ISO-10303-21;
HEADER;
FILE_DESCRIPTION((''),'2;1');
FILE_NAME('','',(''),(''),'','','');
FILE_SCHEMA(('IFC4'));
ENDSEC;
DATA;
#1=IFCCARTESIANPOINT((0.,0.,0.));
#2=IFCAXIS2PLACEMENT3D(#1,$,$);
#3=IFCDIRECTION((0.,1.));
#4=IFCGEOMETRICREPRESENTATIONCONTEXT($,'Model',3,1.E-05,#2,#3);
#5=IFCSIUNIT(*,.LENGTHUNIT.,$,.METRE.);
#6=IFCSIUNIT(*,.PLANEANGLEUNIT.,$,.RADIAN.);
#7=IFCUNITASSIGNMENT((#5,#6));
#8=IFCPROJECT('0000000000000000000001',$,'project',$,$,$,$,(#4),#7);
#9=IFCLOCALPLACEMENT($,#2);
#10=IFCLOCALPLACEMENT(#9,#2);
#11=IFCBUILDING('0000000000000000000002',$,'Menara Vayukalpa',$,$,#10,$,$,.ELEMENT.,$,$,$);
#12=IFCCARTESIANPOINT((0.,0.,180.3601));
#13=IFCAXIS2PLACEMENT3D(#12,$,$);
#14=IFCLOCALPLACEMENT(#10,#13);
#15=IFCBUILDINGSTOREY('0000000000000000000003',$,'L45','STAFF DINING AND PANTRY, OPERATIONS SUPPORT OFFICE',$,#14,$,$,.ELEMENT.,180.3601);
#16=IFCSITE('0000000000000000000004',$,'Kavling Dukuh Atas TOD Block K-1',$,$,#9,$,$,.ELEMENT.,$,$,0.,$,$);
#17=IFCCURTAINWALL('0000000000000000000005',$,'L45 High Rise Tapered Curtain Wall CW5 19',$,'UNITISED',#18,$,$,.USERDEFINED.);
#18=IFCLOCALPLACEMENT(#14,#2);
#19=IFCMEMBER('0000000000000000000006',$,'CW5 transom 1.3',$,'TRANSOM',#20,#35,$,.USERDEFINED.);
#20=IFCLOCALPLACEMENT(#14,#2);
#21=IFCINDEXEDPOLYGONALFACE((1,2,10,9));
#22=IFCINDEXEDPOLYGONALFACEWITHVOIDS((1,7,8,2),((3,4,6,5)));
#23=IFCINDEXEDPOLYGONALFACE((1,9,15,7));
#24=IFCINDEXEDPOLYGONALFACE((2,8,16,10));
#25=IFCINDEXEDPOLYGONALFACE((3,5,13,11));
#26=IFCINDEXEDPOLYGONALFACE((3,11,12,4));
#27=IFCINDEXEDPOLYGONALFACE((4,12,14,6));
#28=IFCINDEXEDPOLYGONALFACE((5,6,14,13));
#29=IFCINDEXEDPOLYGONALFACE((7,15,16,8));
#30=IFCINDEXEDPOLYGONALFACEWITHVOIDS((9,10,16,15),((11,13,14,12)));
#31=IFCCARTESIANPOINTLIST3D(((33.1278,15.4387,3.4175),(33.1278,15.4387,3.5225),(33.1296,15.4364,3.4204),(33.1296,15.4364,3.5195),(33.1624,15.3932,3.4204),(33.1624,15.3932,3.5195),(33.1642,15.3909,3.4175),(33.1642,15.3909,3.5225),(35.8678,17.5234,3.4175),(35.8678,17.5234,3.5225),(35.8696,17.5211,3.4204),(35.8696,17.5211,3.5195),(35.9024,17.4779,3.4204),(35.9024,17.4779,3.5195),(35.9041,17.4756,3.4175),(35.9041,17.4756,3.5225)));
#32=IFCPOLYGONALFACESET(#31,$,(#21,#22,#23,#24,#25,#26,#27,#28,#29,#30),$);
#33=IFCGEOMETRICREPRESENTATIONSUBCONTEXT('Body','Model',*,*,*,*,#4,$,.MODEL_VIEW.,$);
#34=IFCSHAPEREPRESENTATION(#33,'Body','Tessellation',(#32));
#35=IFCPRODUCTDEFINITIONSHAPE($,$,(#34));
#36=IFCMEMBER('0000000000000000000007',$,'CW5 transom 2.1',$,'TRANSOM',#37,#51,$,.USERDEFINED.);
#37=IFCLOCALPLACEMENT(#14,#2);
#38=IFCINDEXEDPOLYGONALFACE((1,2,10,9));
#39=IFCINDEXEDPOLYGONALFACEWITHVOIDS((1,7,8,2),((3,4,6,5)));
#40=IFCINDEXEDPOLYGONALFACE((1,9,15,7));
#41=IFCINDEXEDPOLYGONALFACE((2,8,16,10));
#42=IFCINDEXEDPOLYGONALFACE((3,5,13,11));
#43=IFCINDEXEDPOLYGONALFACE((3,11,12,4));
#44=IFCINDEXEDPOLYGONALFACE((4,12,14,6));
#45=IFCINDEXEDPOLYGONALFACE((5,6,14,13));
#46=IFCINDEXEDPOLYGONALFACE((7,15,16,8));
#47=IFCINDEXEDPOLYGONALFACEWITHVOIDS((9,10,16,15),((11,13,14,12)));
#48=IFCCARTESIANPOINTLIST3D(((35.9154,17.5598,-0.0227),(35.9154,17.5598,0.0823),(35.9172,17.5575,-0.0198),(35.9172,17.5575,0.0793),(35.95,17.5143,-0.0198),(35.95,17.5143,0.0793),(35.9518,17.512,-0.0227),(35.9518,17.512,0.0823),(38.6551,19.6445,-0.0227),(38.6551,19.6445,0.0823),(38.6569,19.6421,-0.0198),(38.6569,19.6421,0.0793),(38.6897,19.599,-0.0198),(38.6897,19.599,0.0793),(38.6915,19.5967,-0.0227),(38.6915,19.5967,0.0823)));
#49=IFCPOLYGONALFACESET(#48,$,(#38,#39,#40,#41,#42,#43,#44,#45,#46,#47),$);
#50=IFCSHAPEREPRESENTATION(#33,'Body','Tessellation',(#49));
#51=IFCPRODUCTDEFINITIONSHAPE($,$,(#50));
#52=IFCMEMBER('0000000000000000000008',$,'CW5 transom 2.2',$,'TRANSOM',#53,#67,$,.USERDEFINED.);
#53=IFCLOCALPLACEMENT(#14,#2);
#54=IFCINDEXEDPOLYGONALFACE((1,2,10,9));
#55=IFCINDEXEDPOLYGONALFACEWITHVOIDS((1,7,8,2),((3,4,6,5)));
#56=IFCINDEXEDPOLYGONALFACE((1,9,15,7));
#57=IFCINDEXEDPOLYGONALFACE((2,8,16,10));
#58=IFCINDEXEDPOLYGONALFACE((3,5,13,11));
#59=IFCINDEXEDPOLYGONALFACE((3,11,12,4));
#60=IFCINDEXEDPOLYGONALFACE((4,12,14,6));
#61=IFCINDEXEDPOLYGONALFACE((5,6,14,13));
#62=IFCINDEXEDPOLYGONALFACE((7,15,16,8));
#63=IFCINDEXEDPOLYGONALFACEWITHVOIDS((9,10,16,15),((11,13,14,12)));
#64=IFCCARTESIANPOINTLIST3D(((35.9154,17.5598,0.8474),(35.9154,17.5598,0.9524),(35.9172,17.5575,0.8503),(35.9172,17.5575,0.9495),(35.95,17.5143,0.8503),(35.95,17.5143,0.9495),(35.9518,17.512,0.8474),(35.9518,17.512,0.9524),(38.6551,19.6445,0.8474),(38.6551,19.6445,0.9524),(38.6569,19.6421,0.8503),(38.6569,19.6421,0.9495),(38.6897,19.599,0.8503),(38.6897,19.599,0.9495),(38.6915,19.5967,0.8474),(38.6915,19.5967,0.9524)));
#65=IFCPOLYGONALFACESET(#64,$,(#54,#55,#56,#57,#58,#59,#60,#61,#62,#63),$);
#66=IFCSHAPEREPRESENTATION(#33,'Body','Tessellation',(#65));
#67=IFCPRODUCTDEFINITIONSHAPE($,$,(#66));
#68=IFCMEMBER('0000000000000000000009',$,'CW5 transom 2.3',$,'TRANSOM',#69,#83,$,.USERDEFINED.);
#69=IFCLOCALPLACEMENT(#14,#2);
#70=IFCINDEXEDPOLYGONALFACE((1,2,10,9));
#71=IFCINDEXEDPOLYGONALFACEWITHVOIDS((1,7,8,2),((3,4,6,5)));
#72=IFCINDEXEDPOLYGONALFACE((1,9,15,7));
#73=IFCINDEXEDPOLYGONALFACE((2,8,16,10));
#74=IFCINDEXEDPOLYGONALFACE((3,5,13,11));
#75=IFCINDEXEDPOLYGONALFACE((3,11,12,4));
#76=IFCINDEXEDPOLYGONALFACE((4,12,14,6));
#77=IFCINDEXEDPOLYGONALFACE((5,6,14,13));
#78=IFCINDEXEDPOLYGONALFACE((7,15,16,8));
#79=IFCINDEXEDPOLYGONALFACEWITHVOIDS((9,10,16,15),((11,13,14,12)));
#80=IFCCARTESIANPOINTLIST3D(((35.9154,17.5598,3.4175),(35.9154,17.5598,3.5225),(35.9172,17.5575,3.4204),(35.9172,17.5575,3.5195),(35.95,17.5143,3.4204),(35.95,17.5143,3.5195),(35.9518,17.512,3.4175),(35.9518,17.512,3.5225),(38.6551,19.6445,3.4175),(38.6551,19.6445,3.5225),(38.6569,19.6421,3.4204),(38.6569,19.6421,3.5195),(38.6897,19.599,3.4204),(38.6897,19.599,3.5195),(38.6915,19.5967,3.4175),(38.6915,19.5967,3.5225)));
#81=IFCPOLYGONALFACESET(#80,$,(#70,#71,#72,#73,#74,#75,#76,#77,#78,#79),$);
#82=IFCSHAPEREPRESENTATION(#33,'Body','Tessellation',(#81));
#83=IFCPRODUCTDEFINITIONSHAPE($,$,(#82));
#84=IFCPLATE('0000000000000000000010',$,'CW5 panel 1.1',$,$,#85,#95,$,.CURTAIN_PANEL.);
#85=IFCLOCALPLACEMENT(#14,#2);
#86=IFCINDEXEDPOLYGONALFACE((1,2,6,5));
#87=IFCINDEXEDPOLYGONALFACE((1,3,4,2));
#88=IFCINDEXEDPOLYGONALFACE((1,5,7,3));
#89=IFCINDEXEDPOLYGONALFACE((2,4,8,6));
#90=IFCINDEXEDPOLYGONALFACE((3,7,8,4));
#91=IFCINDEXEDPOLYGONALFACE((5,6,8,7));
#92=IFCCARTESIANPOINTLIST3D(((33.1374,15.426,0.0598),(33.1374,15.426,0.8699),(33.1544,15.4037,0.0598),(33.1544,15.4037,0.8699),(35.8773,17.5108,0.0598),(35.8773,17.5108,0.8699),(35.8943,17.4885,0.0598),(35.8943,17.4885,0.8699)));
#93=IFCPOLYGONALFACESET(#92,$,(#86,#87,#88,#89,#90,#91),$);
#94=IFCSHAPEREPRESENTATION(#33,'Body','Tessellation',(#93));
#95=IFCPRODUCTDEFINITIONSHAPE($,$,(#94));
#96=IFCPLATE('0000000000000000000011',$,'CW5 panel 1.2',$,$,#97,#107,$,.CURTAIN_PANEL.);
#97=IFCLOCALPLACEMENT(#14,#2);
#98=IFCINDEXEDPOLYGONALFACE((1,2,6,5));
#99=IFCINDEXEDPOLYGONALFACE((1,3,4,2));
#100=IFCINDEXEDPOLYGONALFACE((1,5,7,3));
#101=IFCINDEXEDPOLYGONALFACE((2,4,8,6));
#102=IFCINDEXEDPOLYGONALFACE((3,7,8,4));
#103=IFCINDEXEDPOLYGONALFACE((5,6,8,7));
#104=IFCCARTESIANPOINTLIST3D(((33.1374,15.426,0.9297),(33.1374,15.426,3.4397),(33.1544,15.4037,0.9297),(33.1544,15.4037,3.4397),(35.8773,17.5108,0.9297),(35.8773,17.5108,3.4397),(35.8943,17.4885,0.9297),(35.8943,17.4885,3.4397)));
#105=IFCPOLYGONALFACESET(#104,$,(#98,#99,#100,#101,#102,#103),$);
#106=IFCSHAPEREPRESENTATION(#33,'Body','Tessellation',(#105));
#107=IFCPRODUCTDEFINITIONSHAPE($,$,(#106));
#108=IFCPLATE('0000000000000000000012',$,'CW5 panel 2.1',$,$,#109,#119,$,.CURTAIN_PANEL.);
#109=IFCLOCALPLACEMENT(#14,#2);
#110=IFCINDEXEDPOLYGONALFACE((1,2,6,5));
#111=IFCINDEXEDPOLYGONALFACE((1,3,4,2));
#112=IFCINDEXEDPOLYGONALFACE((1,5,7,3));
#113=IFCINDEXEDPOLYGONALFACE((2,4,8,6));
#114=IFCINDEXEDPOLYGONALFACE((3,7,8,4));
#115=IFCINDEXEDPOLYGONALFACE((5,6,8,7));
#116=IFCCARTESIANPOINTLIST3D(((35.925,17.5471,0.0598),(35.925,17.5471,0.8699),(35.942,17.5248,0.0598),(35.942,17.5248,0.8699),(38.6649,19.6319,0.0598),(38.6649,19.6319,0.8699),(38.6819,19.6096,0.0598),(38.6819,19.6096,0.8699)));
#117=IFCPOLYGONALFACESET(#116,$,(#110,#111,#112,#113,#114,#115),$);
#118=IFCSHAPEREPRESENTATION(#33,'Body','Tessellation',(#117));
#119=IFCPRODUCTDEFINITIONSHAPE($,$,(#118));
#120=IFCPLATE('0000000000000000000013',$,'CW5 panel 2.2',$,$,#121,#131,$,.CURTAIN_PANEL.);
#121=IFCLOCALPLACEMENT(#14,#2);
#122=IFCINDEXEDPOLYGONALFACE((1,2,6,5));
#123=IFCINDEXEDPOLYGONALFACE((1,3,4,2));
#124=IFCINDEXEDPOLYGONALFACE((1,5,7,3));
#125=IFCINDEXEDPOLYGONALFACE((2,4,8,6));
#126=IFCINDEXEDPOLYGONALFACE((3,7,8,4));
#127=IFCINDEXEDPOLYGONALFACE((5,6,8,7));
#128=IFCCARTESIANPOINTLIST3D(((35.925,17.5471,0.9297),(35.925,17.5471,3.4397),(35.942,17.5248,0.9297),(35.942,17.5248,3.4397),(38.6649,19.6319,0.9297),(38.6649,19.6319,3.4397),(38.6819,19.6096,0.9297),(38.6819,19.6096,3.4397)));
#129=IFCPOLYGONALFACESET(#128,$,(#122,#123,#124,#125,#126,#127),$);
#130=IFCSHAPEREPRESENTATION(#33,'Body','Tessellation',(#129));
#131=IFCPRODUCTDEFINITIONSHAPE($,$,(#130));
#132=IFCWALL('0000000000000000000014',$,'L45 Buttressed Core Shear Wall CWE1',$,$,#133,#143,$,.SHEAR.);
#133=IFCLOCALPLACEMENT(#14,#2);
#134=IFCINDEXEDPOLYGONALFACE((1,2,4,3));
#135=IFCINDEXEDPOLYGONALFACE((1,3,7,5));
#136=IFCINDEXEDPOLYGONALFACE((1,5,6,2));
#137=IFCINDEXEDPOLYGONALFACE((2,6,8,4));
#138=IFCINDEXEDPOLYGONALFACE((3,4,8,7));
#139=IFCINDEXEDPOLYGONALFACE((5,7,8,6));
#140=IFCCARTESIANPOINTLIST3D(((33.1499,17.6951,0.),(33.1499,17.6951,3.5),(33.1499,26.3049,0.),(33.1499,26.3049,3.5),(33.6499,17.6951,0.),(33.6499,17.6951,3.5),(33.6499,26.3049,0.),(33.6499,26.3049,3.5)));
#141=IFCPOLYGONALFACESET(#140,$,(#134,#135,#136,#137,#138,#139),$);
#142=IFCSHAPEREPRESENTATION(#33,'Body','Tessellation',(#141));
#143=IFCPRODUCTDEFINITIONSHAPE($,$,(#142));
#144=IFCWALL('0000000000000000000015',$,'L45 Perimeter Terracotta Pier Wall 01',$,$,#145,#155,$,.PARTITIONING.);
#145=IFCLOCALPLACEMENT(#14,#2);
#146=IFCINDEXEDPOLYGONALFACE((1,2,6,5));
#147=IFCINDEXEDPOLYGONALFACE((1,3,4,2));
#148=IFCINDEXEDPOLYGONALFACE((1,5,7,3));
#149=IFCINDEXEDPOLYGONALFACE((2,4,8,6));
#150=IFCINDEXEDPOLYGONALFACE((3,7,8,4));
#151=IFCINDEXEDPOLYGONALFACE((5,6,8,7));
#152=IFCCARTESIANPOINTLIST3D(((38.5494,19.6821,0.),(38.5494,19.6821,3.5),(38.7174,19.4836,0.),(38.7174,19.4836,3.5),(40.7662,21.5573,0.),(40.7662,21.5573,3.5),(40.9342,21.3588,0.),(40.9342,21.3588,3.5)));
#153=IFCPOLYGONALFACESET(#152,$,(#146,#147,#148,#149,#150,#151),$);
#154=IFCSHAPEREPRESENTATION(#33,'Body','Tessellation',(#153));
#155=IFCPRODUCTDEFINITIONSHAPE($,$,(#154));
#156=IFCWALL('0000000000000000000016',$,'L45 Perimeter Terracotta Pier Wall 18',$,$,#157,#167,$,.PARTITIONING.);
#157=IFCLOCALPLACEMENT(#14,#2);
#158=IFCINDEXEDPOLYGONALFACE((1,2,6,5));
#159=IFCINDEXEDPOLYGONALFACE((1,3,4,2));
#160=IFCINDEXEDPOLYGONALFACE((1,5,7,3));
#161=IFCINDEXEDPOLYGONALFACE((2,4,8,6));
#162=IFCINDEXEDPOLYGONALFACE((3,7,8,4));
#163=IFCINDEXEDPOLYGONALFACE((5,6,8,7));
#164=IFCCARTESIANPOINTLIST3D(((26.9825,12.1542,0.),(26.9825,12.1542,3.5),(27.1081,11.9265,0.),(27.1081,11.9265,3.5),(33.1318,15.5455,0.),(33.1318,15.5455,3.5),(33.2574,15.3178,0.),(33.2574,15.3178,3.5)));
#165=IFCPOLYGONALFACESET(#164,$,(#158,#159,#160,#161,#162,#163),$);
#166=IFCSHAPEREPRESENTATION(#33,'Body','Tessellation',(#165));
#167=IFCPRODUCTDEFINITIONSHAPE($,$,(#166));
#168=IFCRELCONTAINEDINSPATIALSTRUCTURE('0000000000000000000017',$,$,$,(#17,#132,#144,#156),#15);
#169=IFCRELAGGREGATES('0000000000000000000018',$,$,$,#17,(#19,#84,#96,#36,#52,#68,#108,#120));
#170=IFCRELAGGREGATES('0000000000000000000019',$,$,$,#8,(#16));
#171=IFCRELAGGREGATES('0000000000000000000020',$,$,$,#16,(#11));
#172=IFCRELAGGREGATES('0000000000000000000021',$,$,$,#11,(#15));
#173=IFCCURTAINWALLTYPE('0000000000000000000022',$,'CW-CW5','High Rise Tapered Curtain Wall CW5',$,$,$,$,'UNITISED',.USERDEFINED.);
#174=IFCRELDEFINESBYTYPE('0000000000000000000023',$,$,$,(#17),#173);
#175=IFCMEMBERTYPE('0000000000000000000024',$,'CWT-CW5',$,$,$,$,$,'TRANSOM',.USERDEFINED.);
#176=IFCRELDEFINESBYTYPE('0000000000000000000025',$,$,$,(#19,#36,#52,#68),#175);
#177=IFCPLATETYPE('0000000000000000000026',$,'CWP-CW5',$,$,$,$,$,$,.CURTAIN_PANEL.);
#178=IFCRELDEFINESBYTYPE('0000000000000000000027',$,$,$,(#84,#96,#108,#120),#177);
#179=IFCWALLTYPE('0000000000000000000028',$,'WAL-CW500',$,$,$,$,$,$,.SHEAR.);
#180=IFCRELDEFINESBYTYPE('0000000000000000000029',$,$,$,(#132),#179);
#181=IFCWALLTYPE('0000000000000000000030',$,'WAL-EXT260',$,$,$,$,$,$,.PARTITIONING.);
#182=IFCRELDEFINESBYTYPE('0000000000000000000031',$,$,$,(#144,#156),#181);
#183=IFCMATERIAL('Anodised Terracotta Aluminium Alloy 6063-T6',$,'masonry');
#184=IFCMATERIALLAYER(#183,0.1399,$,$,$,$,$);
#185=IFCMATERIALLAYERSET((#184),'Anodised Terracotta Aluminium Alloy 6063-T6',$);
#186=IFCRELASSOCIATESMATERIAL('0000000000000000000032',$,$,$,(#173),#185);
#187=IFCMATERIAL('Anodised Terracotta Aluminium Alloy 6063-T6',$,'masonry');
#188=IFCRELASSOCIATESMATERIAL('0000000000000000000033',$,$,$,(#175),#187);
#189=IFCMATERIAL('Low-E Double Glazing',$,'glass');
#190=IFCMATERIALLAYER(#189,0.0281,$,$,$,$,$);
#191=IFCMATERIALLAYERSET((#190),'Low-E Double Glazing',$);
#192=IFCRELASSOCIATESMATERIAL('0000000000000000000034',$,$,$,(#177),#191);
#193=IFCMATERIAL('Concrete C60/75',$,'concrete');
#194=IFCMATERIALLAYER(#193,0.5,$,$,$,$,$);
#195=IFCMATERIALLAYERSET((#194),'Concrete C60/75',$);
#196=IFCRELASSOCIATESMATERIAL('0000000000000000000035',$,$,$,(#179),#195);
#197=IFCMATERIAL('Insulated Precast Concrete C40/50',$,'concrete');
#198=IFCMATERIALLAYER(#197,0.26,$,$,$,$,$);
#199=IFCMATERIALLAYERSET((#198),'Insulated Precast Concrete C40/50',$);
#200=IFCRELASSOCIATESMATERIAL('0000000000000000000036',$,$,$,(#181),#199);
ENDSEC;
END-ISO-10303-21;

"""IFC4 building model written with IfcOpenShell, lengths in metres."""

from ifc_helpers import new_model, si_unit, direction, frame, frame_2d, origin, origin_2d, place, context, subcontext, project, spatial, rectangle, hollow_rectangle, extrude, material, layer, layer_set, material_profile, profile_set, type_object, element, aggregate, save


model = new_model("IFC4")

# Units and contexts
model_context = context("Model", 3, precision=1e-05, world=origin(), true_north=direction((0.0, 1.0)))
body_context = subcontext(model_context, "Body", "Model", "MODEL_VIEW")
ifc_project = project(units=[si_unit("LENGTHUNIT", "METRE"), si_unit("PLANEANGLEUNIT", "RADIAN")], contexts=[model_context])

# Site, building, storey
site_placement = place(None, origin())
site = spatial("IfcSite", under=ifc_project, at=site_placement, Name="Kavling Dukuh Atas TOD Block K-1", CompositionType="ELEMENT", RefElevation=0.0)
building_placement = place(site_placement, origin())
building = spatial("IfcBuilding", under=site, at=building_placement, Name="Menara Vayukalpa", CompositionType="ELEMENT")
storey_placement = place(building_placement, frame((0.0, 0.0, 180.3601)))
storey = spatial("IfcBuildingStorey", under=building, at=storey_placement, Name="L45", Description="STAFF DINING AND PANTRY, OPERATIONS SUPPORT OFFICE", CompositionType="ELEMENT", Elevation=180.3601)

# Curtain wall, members, plates
ifc_material_1 = material(Name="Anodised Terracotta Aluminium Alloy 6063-T6", Category="masonry")
ifc_layer_1 = layer(ifc_material_1, 0.1399)
ifc_layer_set_1 = layer_set([ifc_layer_1], Name="Anodised Terracotta Aluminium Alloy 6063-T6")
curtain_wall_type = type_object("IfcCurtainWallType", Name="CW-CW5", Description="High Rise Tapered Curtain Wall CW5", ElementType="UNITISED", PredefinedType="USERDEFINED", material=ifc_layer_set_1)
curtain_wall_placement = place(storey_placement, origin())
curtain_wall = element("IfcCurtainWall", 1, at=curtain_wall_placement, inside=storey, type_object=curtain_wall_type, Name="L45 High Rise Tapered Curtain Wall CW5 19", ObjectType="UNITISED", PredefinedType="USERDEFINED")
ifc_material_2 = material(Name="Anodised Terracotta Aluminium Alloy 6063-T6", Category="masonry")
ifc_material_profile_1 = material_profile(ifc_material_2, hollow_rectangle(XDim=0.0601, YDim=0.105, WallThickness=0.0029, at=origin_2d()), Name="ALU 60x105x3")
ifc_profile_set_1 = profile_set([ifc_material_profile_1], Name="Anodised Terracotta Aluminium Alloy 6063-T6")
member_type_1 = type_object("IfcMemberType", Name="CWT-CW5", ElementType="TRANSOM", PredefinedType="USERDEFINED", material=ifc_profile_set_1)
member_1_placement = place(storey_placement, frame((33.146, 15.4148, 3.47), z_axis=(0.795837, 0.605511, 0.0), x_axis=(-0.605511, 0.795837, 0.0)))
member_1 = element("IfcMember", 2, at=member_1_placement, type_object=member_type_1, Name="CW5 transom 1.3", ObjectType="TRANSOM", PredefinedType="USERDEFINED", context=body_context, shape_type="SweptSolid", body=[
    extrude(hollow_rectangle(XDim=0.0601, YDim=0.105, WallThickness=0.0029, at=origin_2d()), origin(), (0.0, 0.0, 1.0), 3.4429),
])
member_2_placement = place(storey_placement, frame((35.9336, 17.5359, 0.0298), z_axis=(0.795811, 0.605545, 0.0), x_axis=(-0.605545, 0.795811, 0.0)))
member_2 = element("IfcMember", 3, at=member_2_placement, type_object=member_type_1, Name="CW5 transom 2.1", ObjectType="TRANSOM", PredefinedType="USERDEFINED", context=body_context, shape_type="SweptSolid", body=[
    extrude(hollow_rectangle(XDim=0.0601, YDim=0.105, WallThickness=0.0029, at=origin_2d()), origin(), (0.0, 0.0, 1.0), 3.4426),
])
member_3_placement = place(storey_placement, frame((35.9336, 17.5359, 0.8999), z_axis=(0.795811, 0.605545, 0.0), x_axis=(-0.605545, 0.795811, 0.0)))
member_3 = element("IfcMember", 4, at=member_3_placement, type_object=member_type_1, Name="CW5 transom 2.2", ObjectType="TRANSOM", PredefinedType="USERDEFINED", context=body_context, shape_type="SweptSolid", body=[
    extrude(hollow_rectangle(XDim=0.0601, YDim=0.105, WallThickness=0.0029, at=origin_2d()), origin(), (0.0, 0.0, 1.0), 3.4426),
])
member_4_placement = place(storey_placement, frame((35.9336, 17.5359, 3.47), z_axis=(0.795811, 0.605545, 0.0), x_axis=(-0.605545, 0.795811, 0.0)))
member_4 = element("IfcMember", 5, at=member_4_placement, type_object=member_type_1, Name="CW5 transom 2.3", ObjectType="TRANSOM", PredefinedType="USERDEFINED", context=body_context, shape_type="SweptSolid", body=[
    extrude(hollow_rectangle(XDim=0.0601, YDim=0.105, WallThickness=0.0029, at=origin_2d()), origin(), (0.0, 0.0, 1.0), 3.4426),
])
ifc_material_3 = material(Name="Low-E Double Glazing", Category="glass")
ifc_layer_2 = layer(ifc_material_3, 0.0281)
ifc_layer_set_2 = layer_set([ifc_layer_2], Name="Low-E Double Glazing")
plate_type = type_object("IfcPlateType", Name="CWP-CW5", PredefinedType="CURTAIN_PANEL", material=ifc_layer_set_2)
plate_1_placement = place(storey_placement, frame((34.5159, 16.4573, 0.0598), z_axis=(0.0, 0.0, 1.0), x_axis=(0.795815, 0.60554, 0.0)))
plate_1 = element("IfcPlate", 6, at=plate_1_placement, type_object=plate_type, Name="CW5 panel 1.1", PredefinedType="CURTAIN_PANEL", context=body_context, shape_type="SweptSolid", body=[
    extrude(rectangle(XDim=3.4429, YDim=0.0281, at=origin_2d()), origin(), (0.0, 0.0, 1.0), 0.8101),
])
plate_2_placement = place(storey_placement, frame((34.5159, 16.4573, 0.9297), z_axis=(0.0, 0.0, 1.0), x_axis=(0.795815, 0.60554, 0.0)))
plate_2 = element("IfcPlate", 7, at=plate_2_placement, type_object=plate_type, Name="CW5 panel 1.2", PredefinedType="CURTAIN_PANEL", context=body_context, shape_type="SweptSolid", body=[
    extrude(rectangle(XDim=3.4429, YDim=0.0281, at=origin_2d()), origin(), (0.0, 0.0, 1.0), 2.51),
])
plate_3_placement = place(storey_placement, frame((37.3035, 18.5784, 0.0598), z_axis=(0.0, 0.0, 1.0), x_axis=(0.795815, 0.60554, 0.0)))
plate_3 = element("IfcPlate", 8, at=plate_3_placement, type_object=plate_type, Name="CW5 panel 2.1", PredefinedType="CURTAIN_PANEL", context=body_context, shape_type="SweptSolid", body=[
    extrude(rectangle(XDim=3.4429, YDim=0.0281, at=origin_2d()), origin(), (0.0, 0.0, 1.0), 0.8101),
])
plate_4_placement = place(storey_placement, frame((37.3035, 18.5784, 0.9297), z_axis=(0.0, 0.0, 1.0), x_axis=(0.795815, 0.60554, 0.0)))
plate_4 = element("IfcPlate", 9, at=plate_4_placement, type_object=plate_type, Name="CW5 panel 2.2", PredefinedType="CURTAIN_PANEL", context=body_context, shape_type="SweptSolid", body=[
    extrude(rectangle(XDim=3.4429, YDim=0.0281, at=origin_2d()), origin(), (0.0, 0.0, 1.0), 2.51),
])
aggregate(curtain_wall, [member_1, plate_1, plate_2, member_2, member_3, member_4, plate_3, plate_4])

# Walls
ifc_material_4 = material(Name="Concrete C60/75", Category="concrete")
ifc_layer_3 = layer(ifc_material_4, 0.5)
ifc_layer_set_3 = layer_set([ifc_layer_3], Name="Concrete C60/75")
wall_type_1 = type_object("IfcWallType", Name="WAL-CW500", PredefinedType="SHEAR", material=ifc_layer_set_3)
wall_1_placement = place(storey_placement, frame((33.3999, 17.6951, 0.0), z_axis=(0.0, 0.0, 1.0), x_axis=(0.0, 1.0, 0.0)))
element("IfcWall", 10, at=wall_1_placement, inside=storey, type_object=wall_type_1, Name="L45 Buttressed Core Shear Wall CWE1", PredefinedType="SHEAR", context=body_context, shape_type="SweptSolid", body=[
    extrude(rectangle(XDim=8.6099, YDim=0.5, at=frame_2d((4.3049, 0.0))), origin(), (0.0, 0.0, 1.0), 3.5),
])
ifc_material_5 = material(Name="Insulated Precast Concrete C40/50", Category="concrete")
ifc_layer_4 = layer(ifc_material_5, 0.26)
ifc_layer_set_4 = layer_set([ifc_layer_4], Name="Insulated Precast Concrete C40/50")
wall_type_2 = type_object("IfcWallType", Name="WAL-EXT260", PredefinedType="PARTITIONING", material=ifc_layer_set_4)
wall_2_placement = place(storey_placement, frame((40.8501, 21.458, 0.0), z_axis=(0.0, 0.0, 1.0), x_axis=(-0.763472, -0.64584, 0.0)))
element("IfcWall", 11, at=wall_2_placement, inside=storey, type_object=wall_type_2, Name="L45 Perimeter Terracotta Pier Wall 01", PredefinedType="PARTITIONING", context=body_context, shape_type="SweptSolid", body=[
    extrude(rectangle(XDim=2.9036, YDim=0.26, at=frame_2d((1.4517, 0.0))), origin(), (0.0, 0.0, 1.0), 3.5),
])
wall_3_placement = place(storey_placement, frame((33.1946, 15.4316, 0.0), z_axis=(0.0, 0.0, 1.0), x_axis=(-0.875663, -0.482922, 0.0)))
element("IfcWall", 12, at=wall_3_placement, inside=storey, type_object=wall_type_2, Name="L45 Perimeter Terracotta Pier Wall 18", PredefinedType="PARTITIONING", context=body_context, shape_type="SweptSolid", body=[
    extrude(rectangle(XDim=7.0225, YDim=0.26, at=frame_2d((3.5112, 0.0))), origin(), (0.0, 0.0, 1.0), 3.5),
])

save(model, "model.ifc")
